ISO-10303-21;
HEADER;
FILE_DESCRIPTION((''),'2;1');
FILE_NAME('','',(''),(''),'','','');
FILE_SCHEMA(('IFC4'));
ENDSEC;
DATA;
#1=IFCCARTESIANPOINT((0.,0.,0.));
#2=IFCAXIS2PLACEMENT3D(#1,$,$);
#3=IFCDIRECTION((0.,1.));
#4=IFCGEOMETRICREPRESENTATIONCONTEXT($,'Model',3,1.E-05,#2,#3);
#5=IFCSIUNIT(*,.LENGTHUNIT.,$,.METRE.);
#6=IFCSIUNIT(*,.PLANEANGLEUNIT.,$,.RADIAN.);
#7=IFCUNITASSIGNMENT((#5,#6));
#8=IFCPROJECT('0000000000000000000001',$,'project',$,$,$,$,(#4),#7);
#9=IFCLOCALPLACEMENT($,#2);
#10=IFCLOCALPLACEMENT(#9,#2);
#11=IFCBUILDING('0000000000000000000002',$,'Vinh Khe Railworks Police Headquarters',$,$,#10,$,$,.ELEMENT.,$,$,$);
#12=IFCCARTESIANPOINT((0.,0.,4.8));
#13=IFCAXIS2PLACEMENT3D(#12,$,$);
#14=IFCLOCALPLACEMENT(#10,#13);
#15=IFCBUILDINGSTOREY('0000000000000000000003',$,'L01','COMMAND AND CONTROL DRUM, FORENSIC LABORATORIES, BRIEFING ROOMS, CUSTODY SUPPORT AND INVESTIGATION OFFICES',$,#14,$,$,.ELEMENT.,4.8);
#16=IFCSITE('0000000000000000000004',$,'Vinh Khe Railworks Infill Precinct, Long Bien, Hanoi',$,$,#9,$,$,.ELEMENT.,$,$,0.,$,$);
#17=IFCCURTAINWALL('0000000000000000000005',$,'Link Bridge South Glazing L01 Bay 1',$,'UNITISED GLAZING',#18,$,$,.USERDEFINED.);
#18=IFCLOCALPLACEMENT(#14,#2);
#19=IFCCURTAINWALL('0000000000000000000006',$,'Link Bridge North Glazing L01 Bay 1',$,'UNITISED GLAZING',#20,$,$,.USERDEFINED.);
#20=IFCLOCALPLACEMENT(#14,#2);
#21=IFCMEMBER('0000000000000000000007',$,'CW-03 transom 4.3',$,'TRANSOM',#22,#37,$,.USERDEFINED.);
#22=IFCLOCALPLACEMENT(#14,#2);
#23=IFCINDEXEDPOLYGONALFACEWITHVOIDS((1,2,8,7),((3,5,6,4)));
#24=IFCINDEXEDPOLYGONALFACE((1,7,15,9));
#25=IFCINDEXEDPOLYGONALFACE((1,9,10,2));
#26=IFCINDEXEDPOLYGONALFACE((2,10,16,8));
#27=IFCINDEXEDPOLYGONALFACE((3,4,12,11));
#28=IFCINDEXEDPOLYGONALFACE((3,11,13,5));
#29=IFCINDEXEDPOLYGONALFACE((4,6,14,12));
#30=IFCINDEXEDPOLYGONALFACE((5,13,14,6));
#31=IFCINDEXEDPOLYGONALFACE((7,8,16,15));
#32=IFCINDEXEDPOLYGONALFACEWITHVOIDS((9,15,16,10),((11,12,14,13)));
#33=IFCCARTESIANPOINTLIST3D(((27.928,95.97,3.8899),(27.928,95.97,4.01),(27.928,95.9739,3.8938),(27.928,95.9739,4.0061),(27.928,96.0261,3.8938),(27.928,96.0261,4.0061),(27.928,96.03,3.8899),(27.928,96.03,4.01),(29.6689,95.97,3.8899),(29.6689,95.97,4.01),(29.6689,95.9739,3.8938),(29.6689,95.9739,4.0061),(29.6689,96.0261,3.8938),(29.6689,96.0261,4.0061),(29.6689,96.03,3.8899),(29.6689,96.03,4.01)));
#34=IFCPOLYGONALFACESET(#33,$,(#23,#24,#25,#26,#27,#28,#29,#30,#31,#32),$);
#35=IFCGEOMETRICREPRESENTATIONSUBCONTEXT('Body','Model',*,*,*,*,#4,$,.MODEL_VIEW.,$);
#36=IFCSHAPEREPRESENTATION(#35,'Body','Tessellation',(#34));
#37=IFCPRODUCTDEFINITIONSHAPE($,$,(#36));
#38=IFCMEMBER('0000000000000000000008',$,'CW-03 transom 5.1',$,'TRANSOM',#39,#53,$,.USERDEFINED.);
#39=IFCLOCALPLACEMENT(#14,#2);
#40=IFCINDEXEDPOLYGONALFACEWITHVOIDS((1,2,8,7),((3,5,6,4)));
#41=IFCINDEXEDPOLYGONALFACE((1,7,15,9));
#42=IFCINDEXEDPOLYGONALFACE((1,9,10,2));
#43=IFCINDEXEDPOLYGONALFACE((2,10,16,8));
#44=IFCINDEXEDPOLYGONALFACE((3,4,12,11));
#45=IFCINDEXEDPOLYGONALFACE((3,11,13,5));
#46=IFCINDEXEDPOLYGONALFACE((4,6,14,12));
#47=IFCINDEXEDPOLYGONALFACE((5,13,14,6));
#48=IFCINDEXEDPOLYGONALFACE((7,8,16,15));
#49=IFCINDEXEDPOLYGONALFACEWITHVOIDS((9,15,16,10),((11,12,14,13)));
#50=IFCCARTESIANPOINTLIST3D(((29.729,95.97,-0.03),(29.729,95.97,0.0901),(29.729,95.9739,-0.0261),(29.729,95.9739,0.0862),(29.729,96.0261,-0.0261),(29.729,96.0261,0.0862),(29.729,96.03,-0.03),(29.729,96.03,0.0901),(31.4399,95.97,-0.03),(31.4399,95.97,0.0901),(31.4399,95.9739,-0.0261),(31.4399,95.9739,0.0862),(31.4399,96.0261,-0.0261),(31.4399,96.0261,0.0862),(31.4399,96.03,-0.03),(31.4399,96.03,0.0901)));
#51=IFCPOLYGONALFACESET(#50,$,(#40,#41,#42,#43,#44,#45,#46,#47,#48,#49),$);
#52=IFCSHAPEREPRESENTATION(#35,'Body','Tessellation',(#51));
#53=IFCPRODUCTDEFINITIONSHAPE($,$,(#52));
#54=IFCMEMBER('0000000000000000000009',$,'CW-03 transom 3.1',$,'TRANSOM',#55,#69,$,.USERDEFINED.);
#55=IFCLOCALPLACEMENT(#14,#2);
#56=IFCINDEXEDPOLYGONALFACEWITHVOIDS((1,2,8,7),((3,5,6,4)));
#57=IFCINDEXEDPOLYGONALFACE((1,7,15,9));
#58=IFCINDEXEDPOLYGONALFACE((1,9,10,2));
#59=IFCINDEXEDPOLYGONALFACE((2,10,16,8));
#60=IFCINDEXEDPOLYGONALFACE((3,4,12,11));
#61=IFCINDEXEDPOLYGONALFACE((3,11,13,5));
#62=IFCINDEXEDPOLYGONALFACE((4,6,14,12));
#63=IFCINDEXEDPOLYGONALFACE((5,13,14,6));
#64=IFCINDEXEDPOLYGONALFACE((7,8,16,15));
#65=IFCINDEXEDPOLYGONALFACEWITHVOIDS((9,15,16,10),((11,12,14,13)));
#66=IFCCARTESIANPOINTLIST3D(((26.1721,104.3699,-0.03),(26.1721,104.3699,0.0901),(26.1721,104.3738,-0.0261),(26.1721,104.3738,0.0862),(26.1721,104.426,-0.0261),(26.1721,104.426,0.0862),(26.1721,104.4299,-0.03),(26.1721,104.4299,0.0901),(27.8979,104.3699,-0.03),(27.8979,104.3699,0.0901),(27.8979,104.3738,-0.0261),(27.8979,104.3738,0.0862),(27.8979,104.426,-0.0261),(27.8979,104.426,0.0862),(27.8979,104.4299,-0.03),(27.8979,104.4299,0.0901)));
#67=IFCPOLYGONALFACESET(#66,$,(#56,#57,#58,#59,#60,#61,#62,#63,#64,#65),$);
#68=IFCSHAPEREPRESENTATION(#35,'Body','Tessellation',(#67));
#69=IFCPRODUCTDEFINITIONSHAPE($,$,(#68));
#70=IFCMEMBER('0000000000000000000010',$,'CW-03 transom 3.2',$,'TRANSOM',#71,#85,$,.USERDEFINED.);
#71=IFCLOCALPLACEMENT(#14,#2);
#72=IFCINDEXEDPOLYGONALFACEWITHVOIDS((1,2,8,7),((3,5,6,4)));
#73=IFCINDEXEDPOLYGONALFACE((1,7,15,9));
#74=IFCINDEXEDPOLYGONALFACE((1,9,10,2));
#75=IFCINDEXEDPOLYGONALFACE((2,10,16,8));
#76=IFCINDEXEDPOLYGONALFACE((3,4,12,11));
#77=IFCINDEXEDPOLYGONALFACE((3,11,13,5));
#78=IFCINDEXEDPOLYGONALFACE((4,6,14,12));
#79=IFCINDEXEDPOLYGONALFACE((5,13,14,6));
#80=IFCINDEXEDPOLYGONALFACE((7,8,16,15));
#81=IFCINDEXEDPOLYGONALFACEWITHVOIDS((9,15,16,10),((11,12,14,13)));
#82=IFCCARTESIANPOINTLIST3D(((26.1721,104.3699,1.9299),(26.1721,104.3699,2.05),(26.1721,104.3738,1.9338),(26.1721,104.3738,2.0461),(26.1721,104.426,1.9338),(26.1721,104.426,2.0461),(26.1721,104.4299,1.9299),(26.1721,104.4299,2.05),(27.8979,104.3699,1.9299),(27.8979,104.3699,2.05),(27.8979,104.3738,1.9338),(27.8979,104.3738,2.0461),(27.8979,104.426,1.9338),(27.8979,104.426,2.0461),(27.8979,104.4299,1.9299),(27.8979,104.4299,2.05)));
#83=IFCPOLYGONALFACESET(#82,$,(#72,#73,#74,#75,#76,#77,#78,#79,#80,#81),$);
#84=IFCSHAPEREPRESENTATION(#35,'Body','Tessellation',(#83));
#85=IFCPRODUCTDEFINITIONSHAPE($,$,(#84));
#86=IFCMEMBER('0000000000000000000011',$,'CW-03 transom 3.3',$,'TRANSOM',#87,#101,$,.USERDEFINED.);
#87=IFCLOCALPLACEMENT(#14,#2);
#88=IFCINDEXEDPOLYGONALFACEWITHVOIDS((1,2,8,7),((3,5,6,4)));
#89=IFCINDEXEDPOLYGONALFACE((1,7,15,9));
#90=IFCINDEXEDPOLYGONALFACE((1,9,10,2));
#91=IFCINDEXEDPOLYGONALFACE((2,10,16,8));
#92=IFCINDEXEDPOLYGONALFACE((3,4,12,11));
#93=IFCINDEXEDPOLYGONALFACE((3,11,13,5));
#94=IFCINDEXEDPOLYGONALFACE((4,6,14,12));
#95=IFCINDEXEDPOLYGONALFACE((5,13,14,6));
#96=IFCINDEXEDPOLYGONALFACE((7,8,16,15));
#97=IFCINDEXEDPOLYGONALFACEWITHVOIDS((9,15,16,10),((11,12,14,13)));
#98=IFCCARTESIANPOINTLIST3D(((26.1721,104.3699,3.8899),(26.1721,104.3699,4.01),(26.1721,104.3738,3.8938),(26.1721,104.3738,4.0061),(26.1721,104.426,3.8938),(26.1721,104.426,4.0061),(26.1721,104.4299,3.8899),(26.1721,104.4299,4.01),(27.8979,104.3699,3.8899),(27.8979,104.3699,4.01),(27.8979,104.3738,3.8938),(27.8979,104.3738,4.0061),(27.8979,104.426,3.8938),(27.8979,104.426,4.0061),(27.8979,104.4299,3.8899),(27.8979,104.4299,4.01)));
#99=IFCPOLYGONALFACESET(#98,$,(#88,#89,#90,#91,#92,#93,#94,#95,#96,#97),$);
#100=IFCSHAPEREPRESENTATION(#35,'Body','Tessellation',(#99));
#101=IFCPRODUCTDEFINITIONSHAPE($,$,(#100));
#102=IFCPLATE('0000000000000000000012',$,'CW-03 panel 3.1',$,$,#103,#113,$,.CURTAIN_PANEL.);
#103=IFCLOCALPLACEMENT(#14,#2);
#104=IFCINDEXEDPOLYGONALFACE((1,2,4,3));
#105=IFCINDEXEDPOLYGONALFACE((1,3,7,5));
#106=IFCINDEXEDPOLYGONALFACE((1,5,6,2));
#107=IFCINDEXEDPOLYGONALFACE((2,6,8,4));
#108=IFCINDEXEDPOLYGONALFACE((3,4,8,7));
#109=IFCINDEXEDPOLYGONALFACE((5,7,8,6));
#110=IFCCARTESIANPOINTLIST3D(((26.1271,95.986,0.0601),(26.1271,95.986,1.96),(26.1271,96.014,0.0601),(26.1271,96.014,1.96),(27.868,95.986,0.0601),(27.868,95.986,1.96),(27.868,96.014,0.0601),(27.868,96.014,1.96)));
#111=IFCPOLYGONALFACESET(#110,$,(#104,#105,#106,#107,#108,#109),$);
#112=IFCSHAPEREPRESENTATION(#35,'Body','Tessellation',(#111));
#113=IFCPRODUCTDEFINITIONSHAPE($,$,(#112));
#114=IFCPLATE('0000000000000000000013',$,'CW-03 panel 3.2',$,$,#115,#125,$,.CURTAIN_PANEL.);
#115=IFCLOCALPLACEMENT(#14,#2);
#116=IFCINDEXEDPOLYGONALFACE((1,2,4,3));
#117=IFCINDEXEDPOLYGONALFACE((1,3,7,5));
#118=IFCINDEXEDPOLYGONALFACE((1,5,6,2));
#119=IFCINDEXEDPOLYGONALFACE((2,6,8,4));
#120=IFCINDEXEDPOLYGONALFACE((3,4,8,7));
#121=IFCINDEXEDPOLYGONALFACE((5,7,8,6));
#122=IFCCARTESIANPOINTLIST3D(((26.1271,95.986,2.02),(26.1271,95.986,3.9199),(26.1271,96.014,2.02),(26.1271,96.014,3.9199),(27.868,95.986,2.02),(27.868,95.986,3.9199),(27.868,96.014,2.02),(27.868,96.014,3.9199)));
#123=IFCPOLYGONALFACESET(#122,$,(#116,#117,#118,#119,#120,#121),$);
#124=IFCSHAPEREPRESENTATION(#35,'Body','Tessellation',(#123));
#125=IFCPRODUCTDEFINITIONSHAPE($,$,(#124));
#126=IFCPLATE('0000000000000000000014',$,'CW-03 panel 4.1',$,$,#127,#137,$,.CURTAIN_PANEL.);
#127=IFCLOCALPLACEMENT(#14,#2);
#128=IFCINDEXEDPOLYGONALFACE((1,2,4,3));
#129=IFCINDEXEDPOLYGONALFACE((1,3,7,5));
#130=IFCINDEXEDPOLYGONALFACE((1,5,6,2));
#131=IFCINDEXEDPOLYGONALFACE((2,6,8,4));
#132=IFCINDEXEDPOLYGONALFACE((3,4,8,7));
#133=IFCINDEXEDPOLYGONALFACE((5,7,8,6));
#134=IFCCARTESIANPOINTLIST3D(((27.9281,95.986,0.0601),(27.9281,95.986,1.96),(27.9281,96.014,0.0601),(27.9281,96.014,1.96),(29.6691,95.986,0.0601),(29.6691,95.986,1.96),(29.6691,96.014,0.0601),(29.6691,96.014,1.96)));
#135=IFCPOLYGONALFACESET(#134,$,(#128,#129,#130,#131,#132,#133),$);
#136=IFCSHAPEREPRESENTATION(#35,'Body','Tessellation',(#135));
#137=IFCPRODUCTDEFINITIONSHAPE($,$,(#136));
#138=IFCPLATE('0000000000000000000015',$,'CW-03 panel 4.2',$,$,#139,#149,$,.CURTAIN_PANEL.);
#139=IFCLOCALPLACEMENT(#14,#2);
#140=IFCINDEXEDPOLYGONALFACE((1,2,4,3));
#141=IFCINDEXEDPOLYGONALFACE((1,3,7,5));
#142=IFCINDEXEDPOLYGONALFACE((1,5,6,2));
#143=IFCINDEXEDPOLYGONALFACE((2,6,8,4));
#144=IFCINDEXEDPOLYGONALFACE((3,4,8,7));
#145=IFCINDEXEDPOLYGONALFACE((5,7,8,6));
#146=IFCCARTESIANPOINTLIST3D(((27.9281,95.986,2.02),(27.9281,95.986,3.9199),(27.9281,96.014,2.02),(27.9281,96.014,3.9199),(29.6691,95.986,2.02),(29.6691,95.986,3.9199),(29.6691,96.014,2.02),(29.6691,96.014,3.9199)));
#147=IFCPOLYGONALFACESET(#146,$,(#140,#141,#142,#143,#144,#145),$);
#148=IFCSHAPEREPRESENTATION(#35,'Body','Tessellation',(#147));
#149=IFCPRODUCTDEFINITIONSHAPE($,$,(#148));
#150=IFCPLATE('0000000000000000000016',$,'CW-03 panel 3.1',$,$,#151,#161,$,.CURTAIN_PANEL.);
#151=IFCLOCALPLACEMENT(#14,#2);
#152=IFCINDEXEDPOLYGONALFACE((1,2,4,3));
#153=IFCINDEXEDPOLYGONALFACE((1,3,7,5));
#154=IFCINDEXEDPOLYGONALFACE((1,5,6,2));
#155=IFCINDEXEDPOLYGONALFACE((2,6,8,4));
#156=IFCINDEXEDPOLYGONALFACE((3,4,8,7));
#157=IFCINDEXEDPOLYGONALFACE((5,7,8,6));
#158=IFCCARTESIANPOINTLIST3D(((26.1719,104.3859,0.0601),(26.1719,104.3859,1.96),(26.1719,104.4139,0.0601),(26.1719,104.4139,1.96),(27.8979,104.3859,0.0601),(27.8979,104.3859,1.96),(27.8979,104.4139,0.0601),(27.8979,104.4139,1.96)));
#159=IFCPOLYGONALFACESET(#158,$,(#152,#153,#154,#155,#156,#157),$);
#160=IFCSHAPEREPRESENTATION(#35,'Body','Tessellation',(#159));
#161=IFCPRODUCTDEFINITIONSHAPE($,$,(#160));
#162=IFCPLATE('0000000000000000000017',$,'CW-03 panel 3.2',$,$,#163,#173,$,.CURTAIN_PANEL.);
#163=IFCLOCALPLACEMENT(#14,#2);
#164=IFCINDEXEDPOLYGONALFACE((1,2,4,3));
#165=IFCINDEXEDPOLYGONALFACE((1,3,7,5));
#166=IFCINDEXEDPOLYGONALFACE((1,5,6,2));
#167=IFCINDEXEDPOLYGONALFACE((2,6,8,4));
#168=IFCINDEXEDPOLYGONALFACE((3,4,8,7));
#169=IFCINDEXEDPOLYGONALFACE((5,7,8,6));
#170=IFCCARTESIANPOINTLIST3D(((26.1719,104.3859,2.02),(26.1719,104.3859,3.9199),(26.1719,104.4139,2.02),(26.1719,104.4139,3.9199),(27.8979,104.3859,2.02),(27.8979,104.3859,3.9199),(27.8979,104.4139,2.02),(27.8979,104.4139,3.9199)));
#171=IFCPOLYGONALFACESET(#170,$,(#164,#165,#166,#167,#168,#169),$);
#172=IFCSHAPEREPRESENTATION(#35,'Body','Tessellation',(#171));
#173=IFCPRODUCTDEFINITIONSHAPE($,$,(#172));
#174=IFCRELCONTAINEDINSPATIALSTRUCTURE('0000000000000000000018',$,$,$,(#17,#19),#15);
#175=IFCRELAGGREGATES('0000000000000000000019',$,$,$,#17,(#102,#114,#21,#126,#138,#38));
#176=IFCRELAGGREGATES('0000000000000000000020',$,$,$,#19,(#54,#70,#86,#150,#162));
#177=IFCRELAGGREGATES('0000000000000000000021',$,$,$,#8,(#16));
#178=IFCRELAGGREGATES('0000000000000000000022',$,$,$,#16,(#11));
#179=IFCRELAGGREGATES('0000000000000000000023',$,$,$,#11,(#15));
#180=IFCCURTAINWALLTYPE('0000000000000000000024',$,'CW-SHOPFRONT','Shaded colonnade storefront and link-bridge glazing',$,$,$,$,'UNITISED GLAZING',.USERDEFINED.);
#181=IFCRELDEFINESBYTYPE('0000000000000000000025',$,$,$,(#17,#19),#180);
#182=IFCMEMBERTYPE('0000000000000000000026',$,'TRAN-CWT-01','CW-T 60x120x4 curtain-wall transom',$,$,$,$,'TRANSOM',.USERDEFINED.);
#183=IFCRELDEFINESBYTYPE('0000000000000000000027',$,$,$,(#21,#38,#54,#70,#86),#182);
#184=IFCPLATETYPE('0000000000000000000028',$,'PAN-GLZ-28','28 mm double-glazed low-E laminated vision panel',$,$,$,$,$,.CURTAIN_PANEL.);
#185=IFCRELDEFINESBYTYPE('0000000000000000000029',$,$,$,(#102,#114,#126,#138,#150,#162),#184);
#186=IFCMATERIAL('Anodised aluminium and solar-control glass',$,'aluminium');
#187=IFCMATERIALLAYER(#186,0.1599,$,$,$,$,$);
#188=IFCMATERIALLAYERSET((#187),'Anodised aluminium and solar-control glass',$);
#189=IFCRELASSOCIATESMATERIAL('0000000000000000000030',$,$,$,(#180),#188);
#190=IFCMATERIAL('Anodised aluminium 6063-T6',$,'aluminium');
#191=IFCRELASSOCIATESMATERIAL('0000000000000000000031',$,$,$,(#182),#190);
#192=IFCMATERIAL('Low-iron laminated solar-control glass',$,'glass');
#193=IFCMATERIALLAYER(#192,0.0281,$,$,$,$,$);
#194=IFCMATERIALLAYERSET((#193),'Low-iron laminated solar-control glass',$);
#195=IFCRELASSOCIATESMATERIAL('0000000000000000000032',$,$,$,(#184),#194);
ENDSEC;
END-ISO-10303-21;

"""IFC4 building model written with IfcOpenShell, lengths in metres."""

from ifc_helpers import new_model, si_unit, direction, frame, origin, origin_2d, place, context, subcontext, project, spatial, rectangle, hollow_rectangle, extrude, material, layer, layer_set, material_profile, profile_set, type_object, element, aggregate, save


model = new_model("IFC4")

# Units and contexts
model_context = context("Model", 3, precision=1e-05, world=origin(), true_north=direction((0.0, 1.0)))
body_context = subcontext(model_context, "Body", "Model", "MODEL_VIEW")
ifc_project = project(units=[si_unit("LENGTHUNIT", "METRE"), si_unit("PLANEANGLEUNIT", "RADIAN")], contexts=[model_context])

# Site, building, storey
site_placement = place(None, origin())
site = spatial("IfcSite", under=ifc_project, at=site_placement, Name="Vinh Khe Railworks Infill Precinct, Long Bien, Hanoi", CompositionType="ELEMENT", RefElevation=0.0)
building_placement = place(site_placement, origin())
building = spatial("IfcBuilding", under=site, at=building_placement, Name="Vinh Khe Railworks Police Headquarters", CompositionType="ELEMENT")
storey_placement = place(building_placement, frame((0.0, 0.0, 4.8)))
storey = spatial("IfcBuildingStorey", under=building, at=storey_placement, Name="L01", Description="COMMAND AND CONTROL DRUM, FORENSIC LABORATORIES, BRIEFING ROOMS, CUSTODY SUPPORT AND INVESTIGATION OFFICES", CompositionType="ELEMENT", Elevation=4.8)

# Curtain wall
ifc_material_1 = material(Name="Anodised aluminium and solar-control glass", Category="aluminium")
ifc_layer_1 = layer(ifc_material_1, 0.1599)
ifc_layer_set_1 = layer_set([ifc_layer_1], Name="Anodised aluminium and solar-control glass")
curtain_wall_type = type_object("IfcCurtainWallType", Name="CW-SHOPFRONT", Description="Shaded colonnade storefront and link-bridge glazing", ElementType="UNITISED GLAZING", PredefinedType="USERDEFINED", material=ifc_layer_set_1)
curtain_wall_1_placement = place(storey_placement, origin())
curtain_wall_1 = element("IfcCurtainWall", 1, at=curtain_wall_1_placement, inside=storey, type_object=curtain_wall_type, Name="Link Bridge South Glazing L01 Bay 1", ObjectType="UNITISED GLAZING", PredefinedType="USERDEFINED")
ifc_material_2 = material(Name="Anodised aluminium 6063-T6", Category="aluminium")

# Curtain wall
curtain_wall_2_placement = place(storey_placement, origin())
curtain_wall_2 = element("IfcCurtainWall", 2, at=curtain_wall_2_placement, inside=storey, type_object=curtain_wall_type, Name="Link Bridge North Glazing L01 Bay 1", ObjectType="UNITISED GLAZING", PredefinedType="USERDEFINED")

# Members
ifc_material_profile_1 = material_profile(ifc_material_2, hollow_rectangle(XDim=0.0601, YDim=0.1201, WallThickness=0.0039, at=origin_2d()), Name="CW-T 60x120x4")
ifc_profile_set_1 = profile_set([ifc_material_profile_1], Name="Anodised aluminium 6063-T6")
member_type_1 = type_object("IfcMemberType", Name="TRAN-CWT-01", Description="CW-T 60x120x4 curtain-wall transom", ElementType="TRANSOM", PredefinedType="USERDEFINED", material=ifc_profile_set_1)
member_1_placement = place(storey_placement, frame((27.928, 96.0, 3.95), z_axis=(1.0, 0.0, 0.0), x_axis=(0.0, 1.0, 0.0)))
member_1 = element("IfcMember", 3, at=member_1_placement, type_object=member_type_1, Name="CW-03 transom 4.3", ObjectType="TRANSOM", PredefinedType="USERDEFINED", context=body_context, shape_type="SweptSolid", body=[
    extrude(hollow_rectangle(XDim=0.0601, YDim=0.1201, WallThickness=0.0039, at=origin_2d()), origin(), (0.0, 0.0, 1.0), 1.741),
])
member_2_placement = place(storey_placement, frame((29.729, 96.0, 0.03), z_axis=(1.0, 0.0, 0.0), x_axis=(0.0, 1.0, 0.0)))
member_2 = element("IfcMember", 4, at=member_2_placement, type_object=member_type_1, Name="CW-03 transom 5.1", ObjectType="TRANSOM", PredefinedType="USERDEFINED", context=body_context, shape_type="SweptSolid", body=[
    extrude(hollow_rectangle(XDim=0.0601, YDim=0.1201, WallThickness=0.0039, at=origin_2d()), origin(), (0.0, 0.0, 1.0), 1.7109),
])
member_3_placement = place(storey_placement, frame((26.1721, 104.3999, 0.03), z_axis=(1.0, 0.0, 0.0), x_axis=(0.0, 1.0, 0.0)))
member_3 = element("IfcMember", 5, at=member_3_placement, type_object=member_type_1, Name="CW-03 transom 3.1", ObjectType="TRANSOM", PredefinedType="USERDEFINED", context=body_context, shape_type="SweptSolid", body=[
    extrude(hollow_rectangle(XDim=0.0601, YDim=0.1201, WallThickness=0.0039, at=origin_2d()), origin(), (0.0, 0.0, 1.0), 1.7258),
])
member_4_placement = place(storey_placement, frame((26.1721, 104.3999, 1.99), z_axis=(1.0, 0.0, 0.0), x_axis=(0.0, 1.0, 0.0)))
member_4 = element("IfcMember", 6, at=member_4_placement, type_object=member_type_1, Name="CW-03 transom 3.2", ObjectType="TRANSOM", PredefinedType="USERDEFINED", context=body_context, shape_type="SweptSolid", body=[
    extrude(hollow_rectangle(XDim=0.0601, YDim=0.1201, WallThickness=0.0039, at=origin_2d()), origin(), (0.0, 0.0, 1.0), 1.7258),
])
member_5_placement = place(storey_placement, frame((26.1721, 104.3999, 3.95), z_axis=(1.0, 0.0, 0.0), x_axis=(0.0, 1.0, 0.0)))
member_5 = element("IfcMember", 7, at=member_5_placement, type_object=member_type_1, Name="CW-03 transom 3.3", ObjectType="TRANSOM", PredefinedType="USERDEFINED", context=body_context, shape_type="SweptSolid", body=[
    extrude(hollow_rectangle(XDim=0.0601, YDim=0.1201, WallThickness=0.0039, at=origin_2d()), origin(), (0.0, 0.0, 1.0), 1.7258),
])

# Plates
ifc_material_3 = material(Name="Low-iron laminated solar-control glass", Category="glass")
ifc_layer_2 = layer(ifc_material_3, 0.0281)
ifc_layer_set_2 = layer_set([ifc_layer_2], Name="Low-iron laminated solar-control glass")
plate_type = type_object("IfcPlateType", Name="PAN-GLZ-28", Description="28 mm double-glazed low-E laminated vision panel", PredefinedType="CURTAIN_PANEL", material=ifc_layer_set_2)
plate_1_placement = place(storey_placement, frame((26.9976, 96.0, 0.0601), z_axis=(0.0, 0.0, 1.0), x_axis=(1.0, 0.0, 0.0)))
plate_1 = element("IfcPlate", 8, at=plate_1_placement, type_object=plate_type, Name="CW-03 panel 3.1", PredefinedType="CURTAIN_PANEL", context=body_context, shape_type="SweptSolid", body=[
    extrude(rectangle(XDim=1.741, YDim=0.0281, at=origin_2d()), origin(), (0.0, 0.0, 1.0), 1.8999),
])
plate_2_placement = place(storey_placement, frame((26.9976, 96.0, 2.02), z_axis=(0.0, 0.0, 1.0), x_axis=(1.0, 0.0, 0.0)))
plate_2 = element("IfcPlate", 9, at=plate_2_placement, type_object=plate_type, Name="CW-03 panel 3.2", PredefinedType="CURTAIN_PANEL", context=body_context, shape_type="SweptSolid", body=[
    extrude(rectangle(XDim=1.741, YDim=0.0281, at=origin_2d()), origin(), (0.0, 0.0, 1.0), 1.8999),
])
plate_3_placement = place(storey_placement, frame((28.7986, 96.0, 0.0601), z_axis=(0.0, 0.0, 1.0), x_axis=(1.0, 0.0, 0.0)))
plate_3 = element("IfcPlate", 10, at=plate_3_placement, type_object=plate_type, Name="CW-03 panel 4.1", PredefinedType="CURTAIN_PANEL", context=body_context, shape_type="SweptSolid", body=[
    extrude(rectangle(XDim=1.741, YDim=0.0281, at=origin_2d()), origin(), (0.0, 0.0, 1.0), 1.8999),
])
plate_4_placement = place(storey_placement, frame((28.7986, 96.0, 2.02), z_axis=(0.0, 0.0, 1.0), x_axis=(1.0, 0.0, 0.0)))
plate_4 = element("IfcPlate", 11, at=plate_4_placement, type_object=plate_type, Name="CW-03 panel 4.2", PredefinedType="CURTAIN_PANEL", context=body_context, shape_type="SweptSolid", body=[
    extrude(rectangle(XDim=1.741, YDim=0.0281, at=origin_2d()), origin(), (0.0, 0.0, 1.0), 1.8999),
])
aggregate(curtain_wall_1, [plate_1, plate_2, member_1, plate_3, plate_4, member_2])
plate_5_placement = place(storey_placement, frame((27.0349, 104.3999, 0.0601), z_axis=(0.0, 0.0, 1.0), x_axis=(1.0, 0.0, 0.0)))
plate_5 = element("IfcPlate", 12, at=plate_5_placement, type_object=plate_type, Name="CW-03 panel 3.1", PredefinedType="CURTAIN_PANEL", context=body_context, shape_type="SweptSolid", body=[
    extrude(rectangle(XDim=1.7261, YDim=0.0281, at=origin_2d()), origin(), (0.0, 0.0, 1.0), 1.8999),
])
plate_6_placement = place(storey_placement, frame((27.0349, 104.3999, 2.02), z_axis=(0.0, 0.0, 1.0), x_axis=(1.0, 0.0, 0.0)))
plate_6 = element("IfcPlate", 13, at=plate_6_placement, type_object=plate_type, Name="CW-03 panel 3.2", PredefinedType="CURTAIN_PANEL", context=body_context, shape_type="SweptSolid", body=[
    extrude(rectangle(XDim=1.7261, YDim=0.0281, at=origin_2d()), origin(), (0.0, 0.0, 1.0), 1.8999),
])
aggregate(curtain_wall_2, [member_3, member_4, member_5, plate_5, plate_6])

save(model, "model.ifc")
